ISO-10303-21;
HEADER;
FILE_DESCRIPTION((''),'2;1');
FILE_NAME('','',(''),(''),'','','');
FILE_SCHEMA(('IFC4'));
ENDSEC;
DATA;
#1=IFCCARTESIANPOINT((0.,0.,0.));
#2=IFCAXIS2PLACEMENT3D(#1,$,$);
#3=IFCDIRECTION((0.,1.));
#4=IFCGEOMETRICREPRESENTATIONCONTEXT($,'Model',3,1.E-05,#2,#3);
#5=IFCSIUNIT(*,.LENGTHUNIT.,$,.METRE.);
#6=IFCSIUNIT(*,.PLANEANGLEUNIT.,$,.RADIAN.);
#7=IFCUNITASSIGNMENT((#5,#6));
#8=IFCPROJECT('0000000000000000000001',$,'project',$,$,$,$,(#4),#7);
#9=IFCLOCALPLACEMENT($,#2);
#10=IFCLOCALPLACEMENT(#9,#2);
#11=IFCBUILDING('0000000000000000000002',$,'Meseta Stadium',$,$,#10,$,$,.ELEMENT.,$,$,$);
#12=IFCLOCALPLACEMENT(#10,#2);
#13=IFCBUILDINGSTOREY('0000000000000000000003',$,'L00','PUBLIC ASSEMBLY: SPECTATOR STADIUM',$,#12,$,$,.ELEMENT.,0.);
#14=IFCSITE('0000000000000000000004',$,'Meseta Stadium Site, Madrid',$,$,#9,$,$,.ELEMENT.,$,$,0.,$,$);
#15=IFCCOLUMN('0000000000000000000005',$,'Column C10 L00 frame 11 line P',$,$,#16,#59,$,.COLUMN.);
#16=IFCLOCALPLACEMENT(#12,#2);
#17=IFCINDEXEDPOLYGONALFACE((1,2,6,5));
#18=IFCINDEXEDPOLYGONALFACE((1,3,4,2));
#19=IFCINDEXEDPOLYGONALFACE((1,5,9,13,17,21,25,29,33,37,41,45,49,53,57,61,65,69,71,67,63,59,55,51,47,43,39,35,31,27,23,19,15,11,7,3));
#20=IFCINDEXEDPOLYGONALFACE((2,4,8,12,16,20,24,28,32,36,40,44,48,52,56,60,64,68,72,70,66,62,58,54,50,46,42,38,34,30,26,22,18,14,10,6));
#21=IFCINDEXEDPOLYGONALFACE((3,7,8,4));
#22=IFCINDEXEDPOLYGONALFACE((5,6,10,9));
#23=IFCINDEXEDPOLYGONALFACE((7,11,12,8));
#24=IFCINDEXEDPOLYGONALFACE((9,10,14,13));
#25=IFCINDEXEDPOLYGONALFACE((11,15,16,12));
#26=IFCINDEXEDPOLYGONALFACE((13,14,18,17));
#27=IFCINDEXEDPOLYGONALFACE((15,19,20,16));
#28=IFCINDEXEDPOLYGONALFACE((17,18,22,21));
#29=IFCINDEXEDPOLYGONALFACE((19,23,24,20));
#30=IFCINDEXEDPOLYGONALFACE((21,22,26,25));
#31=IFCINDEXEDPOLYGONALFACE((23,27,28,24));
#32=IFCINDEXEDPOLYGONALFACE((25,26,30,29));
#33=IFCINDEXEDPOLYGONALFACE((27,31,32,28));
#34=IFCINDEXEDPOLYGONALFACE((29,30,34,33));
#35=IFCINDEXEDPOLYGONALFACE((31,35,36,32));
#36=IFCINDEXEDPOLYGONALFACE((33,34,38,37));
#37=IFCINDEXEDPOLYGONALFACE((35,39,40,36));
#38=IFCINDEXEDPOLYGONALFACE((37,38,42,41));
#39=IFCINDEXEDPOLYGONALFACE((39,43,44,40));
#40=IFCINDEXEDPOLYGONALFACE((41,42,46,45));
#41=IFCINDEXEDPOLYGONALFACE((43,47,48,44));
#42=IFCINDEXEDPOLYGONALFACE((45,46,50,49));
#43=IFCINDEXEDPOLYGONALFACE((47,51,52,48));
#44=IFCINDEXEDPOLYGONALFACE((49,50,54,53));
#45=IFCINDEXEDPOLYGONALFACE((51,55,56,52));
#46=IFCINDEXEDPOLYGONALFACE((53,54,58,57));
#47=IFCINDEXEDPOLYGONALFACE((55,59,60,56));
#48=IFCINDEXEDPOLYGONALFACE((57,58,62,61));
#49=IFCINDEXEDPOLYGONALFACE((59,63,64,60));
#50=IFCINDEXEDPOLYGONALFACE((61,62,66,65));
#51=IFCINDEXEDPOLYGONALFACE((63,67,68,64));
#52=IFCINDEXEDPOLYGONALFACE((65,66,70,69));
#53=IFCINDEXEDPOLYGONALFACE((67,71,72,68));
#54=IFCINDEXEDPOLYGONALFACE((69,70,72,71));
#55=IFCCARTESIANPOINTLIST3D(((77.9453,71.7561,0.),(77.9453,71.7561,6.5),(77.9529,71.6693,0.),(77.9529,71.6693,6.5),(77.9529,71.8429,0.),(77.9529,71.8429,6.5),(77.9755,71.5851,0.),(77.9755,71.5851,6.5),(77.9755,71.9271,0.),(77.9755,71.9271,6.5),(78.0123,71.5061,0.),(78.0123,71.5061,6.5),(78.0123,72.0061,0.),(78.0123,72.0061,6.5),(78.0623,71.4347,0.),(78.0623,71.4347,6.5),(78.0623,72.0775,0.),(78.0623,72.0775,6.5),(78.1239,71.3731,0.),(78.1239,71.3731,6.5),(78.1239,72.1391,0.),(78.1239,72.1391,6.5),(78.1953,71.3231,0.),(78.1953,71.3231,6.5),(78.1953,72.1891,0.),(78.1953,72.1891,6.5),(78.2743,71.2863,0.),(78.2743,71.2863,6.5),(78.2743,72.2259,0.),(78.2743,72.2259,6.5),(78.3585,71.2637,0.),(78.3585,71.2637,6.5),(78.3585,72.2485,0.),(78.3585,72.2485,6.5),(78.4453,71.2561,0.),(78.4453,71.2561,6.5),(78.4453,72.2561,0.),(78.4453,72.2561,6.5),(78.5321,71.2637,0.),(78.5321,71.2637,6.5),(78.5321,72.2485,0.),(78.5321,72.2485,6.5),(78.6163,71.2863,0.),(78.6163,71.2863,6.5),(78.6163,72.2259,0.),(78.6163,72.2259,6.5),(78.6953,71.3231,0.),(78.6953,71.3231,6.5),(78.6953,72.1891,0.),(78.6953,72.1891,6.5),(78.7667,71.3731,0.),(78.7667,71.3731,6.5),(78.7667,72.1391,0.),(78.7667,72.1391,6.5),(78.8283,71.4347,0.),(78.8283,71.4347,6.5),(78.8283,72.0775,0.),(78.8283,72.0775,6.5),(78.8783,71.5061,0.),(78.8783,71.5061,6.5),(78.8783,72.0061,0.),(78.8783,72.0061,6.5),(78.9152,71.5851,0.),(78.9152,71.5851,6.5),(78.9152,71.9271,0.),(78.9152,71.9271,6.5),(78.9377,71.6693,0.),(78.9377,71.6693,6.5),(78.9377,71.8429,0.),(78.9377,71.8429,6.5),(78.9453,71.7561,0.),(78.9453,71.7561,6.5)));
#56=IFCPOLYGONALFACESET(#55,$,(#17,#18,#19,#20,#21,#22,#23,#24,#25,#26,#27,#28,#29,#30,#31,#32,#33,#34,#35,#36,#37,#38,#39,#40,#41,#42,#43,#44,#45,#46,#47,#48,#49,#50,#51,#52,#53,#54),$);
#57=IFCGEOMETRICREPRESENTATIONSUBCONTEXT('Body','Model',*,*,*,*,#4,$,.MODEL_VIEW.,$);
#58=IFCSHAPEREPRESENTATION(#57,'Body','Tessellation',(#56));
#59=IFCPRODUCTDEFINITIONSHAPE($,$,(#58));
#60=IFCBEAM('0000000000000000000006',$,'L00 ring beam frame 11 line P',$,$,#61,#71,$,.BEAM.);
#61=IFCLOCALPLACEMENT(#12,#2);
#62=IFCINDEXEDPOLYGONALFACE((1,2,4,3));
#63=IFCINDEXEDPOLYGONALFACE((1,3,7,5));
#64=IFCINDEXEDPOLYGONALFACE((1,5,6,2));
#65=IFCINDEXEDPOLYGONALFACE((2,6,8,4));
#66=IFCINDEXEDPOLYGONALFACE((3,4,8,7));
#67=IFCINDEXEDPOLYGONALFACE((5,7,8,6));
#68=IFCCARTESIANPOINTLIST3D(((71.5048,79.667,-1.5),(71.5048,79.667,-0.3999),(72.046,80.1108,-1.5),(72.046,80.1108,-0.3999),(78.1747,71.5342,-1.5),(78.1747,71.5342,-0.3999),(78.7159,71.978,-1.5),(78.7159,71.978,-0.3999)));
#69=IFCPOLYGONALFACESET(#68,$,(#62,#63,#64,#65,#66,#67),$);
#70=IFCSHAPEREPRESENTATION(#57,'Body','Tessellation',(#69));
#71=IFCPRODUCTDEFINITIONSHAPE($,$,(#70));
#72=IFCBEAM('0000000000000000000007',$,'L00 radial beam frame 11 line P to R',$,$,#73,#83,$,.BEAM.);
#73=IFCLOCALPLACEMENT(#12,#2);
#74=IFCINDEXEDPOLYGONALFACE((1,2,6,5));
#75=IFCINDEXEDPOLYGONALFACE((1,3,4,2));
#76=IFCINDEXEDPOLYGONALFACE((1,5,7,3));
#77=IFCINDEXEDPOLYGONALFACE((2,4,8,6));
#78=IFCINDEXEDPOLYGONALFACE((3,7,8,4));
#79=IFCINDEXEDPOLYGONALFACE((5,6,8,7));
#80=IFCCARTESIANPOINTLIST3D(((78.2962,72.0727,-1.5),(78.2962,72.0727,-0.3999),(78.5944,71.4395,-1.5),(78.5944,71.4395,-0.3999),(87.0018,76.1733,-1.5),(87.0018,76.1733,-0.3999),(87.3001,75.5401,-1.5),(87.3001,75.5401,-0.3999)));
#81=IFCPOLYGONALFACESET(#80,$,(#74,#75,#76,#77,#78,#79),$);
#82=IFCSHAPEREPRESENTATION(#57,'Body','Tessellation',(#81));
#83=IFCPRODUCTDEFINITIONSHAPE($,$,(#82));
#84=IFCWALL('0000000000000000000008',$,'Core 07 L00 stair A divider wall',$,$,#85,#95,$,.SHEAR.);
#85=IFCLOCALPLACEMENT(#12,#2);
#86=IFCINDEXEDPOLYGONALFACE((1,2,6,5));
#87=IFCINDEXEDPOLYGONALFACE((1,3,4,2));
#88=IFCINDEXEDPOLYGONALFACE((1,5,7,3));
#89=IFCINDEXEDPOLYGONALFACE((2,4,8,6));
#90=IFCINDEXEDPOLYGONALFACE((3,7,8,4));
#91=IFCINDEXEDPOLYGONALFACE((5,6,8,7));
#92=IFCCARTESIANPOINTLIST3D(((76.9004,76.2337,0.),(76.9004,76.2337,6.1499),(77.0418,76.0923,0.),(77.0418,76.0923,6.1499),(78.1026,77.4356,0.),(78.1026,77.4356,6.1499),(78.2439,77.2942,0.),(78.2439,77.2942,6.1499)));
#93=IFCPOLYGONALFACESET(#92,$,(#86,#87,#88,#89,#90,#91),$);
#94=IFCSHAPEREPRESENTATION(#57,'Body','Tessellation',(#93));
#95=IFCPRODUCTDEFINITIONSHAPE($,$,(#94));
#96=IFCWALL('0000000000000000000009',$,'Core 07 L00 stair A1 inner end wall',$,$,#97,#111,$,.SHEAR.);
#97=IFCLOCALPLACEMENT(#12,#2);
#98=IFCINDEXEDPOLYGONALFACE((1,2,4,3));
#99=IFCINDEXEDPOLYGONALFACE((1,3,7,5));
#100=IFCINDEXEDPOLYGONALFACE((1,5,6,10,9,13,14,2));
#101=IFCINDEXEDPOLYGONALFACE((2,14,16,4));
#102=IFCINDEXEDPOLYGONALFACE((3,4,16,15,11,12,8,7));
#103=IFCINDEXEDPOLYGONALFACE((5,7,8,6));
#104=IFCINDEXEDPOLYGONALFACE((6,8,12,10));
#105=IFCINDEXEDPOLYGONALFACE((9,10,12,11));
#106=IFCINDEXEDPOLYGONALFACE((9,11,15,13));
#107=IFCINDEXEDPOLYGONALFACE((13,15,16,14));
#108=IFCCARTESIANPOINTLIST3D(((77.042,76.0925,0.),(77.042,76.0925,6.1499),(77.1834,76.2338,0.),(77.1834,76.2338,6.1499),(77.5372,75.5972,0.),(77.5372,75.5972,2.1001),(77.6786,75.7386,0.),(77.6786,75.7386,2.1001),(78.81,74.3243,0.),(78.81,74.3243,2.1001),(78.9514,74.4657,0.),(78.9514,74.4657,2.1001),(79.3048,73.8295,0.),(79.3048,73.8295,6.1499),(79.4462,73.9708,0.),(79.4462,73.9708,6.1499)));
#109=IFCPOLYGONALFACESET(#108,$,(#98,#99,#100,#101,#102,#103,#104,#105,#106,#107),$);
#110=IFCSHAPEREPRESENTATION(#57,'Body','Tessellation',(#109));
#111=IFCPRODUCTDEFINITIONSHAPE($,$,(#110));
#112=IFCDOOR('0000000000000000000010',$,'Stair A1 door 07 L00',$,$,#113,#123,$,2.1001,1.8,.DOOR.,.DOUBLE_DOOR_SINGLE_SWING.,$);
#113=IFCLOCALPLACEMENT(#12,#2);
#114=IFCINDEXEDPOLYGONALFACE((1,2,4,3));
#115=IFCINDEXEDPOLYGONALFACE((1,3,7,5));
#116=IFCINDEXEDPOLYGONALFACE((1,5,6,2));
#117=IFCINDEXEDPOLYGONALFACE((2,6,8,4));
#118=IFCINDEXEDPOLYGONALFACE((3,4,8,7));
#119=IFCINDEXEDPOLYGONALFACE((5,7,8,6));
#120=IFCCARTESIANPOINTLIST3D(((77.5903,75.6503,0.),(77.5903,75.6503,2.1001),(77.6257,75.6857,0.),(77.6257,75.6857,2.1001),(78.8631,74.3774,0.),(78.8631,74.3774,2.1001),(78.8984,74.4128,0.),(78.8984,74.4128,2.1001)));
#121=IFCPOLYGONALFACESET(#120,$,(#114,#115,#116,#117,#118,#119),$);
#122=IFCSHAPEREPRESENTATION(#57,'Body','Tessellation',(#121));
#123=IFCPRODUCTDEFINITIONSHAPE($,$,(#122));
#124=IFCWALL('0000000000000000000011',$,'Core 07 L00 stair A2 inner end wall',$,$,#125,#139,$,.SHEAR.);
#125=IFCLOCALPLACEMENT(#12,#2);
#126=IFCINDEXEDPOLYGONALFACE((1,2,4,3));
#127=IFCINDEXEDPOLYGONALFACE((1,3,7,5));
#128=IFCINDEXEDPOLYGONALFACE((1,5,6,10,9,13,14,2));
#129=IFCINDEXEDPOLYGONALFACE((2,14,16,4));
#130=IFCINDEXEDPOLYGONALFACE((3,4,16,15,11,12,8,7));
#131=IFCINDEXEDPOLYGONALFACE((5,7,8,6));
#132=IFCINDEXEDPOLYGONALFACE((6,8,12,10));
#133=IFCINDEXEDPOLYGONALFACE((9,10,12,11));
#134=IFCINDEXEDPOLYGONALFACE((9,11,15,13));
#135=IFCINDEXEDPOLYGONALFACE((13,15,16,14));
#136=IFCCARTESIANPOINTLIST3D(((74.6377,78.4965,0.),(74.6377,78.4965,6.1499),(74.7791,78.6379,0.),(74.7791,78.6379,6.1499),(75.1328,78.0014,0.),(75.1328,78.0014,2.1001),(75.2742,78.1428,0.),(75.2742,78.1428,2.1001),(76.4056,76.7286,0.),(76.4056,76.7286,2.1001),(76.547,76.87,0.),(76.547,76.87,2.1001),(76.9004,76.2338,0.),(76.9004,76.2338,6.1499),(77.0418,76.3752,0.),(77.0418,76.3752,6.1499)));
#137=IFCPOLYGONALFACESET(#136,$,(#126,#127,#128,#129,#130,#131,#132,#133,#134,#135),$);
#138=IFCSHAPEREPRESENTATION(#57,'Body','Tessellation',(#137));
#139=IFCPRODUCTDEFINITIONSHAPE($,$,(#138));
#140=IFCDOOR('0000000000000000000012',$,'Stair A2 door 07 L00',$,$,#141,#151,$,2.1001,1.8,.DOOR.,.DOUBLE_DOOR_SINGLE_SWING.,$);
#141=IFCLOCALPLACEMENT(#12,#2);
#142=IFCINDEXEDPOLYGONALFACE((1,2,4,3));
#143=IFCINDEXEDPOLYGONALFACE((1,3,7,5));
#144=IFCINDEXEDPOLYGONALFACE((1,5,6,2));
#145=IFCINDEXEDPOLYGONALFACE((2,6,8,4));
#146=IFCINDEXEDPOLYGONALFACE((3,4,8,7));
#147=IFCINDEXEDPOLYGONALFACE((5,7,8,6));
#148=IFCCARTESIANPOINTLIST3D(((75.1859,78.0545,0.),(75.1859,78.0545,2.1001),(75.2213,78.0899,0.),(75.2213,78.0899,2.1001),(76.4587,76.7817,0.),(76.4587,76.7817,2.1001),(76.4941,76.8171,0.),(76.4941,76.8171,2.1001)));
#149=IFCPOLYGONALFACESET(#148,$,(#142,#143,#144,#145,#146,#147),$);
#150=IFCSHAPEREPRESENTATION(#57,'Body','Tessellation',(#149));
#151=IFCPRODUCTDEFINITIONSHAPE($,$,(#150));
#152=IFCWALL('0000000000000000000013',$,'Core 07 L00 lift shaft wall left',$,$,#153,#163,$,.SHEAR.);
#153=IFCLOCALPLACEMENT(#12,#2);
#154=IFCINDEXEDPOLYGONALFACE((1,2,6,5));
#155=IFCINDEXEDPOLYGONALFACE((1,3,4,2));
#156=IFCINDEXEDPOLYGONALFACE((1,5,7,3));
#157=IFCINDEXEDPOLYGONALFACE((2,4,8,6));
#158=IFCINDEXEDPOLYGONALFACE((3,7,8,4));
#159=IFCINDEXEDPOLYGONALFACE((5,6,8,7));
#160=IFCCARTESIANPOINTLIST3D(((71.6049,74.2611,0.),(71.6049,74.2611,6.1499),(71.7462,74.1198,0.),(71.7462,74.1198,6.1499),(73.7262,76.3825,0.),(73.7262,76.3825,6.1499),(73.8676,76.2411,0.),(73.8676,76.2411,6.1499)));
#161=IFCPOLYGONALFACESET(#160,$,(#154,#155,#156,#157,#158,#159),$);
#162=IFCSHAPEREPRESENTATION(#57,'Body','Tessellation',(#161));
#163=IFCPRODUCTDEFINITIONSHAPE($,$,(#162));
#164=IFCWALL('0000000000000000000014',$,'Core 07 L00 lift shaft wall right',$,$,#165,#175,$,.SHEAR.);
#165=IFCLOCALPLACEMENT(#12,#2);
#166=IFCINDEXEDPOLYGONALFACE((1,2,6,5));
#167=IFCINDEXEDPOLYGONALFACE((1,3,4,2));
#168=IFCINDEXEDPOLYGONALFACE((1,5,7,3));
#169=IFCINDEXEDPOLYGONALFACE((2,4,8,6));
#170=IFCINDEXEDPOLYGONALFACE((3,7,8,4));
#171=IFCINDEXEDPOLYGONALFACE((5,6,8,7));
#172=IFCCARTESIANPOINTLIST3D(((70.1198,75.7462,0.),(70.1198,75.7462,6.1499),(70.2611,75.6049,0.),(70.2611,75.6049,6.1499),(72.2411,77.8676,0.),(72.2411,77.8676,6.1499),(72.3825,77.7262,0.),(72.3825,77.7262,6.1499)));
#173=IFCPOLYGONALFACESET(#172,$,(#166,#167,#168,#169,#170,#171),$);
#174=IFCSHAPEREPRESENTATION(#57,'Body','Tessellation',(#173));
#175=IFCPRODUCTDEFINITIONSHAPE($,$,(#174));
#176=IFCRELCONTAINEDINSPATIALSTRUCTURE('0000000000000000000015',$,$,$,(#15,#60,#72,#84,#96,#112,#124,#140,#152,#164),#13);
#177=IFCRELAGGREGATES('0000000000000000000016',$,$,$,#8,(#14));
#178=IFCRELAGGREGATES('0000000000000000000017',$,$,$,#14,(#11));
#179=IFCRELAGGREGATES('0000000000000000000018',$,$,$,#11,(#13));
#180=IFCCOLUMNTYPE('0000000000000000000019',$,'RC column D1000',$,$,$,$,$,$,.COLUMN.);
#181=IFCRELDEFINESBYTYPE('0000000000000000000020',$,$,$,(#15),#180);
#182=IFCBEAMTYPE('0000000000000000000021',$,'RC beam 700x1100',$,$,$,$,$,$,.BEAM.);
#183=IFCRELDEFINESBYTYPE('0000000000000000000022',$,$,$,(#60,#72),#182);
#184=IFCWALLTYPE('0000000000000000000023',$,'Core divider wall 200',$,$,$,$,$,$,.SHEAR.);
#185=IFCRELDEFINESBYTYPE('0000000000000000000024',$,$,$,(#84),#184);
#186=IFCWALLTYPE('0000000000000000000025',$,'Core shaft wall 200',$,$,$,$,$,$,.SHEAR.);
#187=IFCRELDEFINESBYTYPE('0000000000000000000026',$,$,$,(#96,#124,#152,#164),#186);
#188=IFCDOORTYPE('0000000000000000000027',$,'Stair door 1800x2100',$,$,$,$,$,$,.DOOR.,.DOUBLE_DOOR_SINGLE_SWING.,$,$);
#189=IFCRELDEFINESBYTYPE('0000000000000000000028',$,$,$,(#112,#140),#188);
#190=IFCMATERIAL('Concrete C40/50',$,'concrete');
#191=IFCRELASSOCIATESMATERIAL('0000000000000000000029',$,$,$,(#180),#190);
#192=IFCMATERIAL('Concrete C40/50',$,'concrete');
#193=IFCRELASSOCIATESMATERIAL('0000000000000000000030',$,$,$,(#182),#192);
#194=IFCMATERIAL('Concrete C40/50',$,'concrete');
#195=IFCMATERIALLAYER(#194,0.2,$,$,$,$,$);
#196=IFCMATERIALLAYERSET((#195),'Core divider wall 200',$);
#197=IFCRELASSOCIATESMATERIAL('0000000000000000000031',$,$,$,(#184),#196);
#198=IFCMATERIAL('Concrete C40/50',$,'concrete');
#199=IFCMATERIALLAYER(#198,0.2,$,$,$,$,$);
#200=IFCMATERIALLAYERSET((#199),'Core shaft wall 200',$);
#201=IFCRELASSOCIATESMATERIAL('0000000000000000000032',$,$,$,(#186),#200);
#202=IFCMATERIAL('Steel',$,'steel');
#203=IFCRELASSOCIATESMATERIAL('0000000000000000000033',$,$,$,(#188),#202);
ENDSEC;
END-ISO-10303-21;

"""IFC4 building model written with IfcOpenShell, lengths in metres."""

from ifc_helpers import new_model, si_unit, direction, frame, frame_2d, origin, origin_2d, place, context, subcontext, project, spatial, rectangle, circle, extrude, material, layer, layer_set, material_profile, profile_set, type_object, element, fill, save


model = new_model("IFC4")

# Units and contexts
model_context = context("Model", 3, precision=1e-05, world=origin(), true_north=direction((0.0, 1.0)))
body_context = subcontext(model_context, "Body", "Model", "MODEL_VIEW")
ifc_project = project(units=[si_unit("LENGTHUNIT", "METRE"), si_unit("PLANEANGLEUNIT", "RADIAN")], contexts=[model_context])

# Site, building, storey
site_placement = place(None, origin())
site = spatial("IfcSite", under=ifc_project, at=site_placement, Name="Meseta Stadium Site, Madrid", CompositionType="ELEMENT", RefElevation=0.0)
building_placement = place(site_placement, origin())
building = spatial("IfcBuilding", under=site, at=building_placement, Name="Meseta Stadium", CompositionType="ELEMENT")
storey_placement = place(building_placement, origin())
storey = spatial("IfcBuildingStorey", under=building, at=storey_placement, Name="L00", Description="PUBLIC ASSEMBLY: SPECTATOR STADIUM", CompositionType="ELEMENT", Elevation=0.0)

# Column
ifc_material_1 = material(Name="Concrete C40/50", Category="concrete")
ifc_material_profile_1 = material_profile(ifc_material_1, circle(Radius=0.5, at=origin_2d()), Name="RC D1000")
ifc_profile_set_1 = profile_set([ifc_material_profile_1], Name="Concrete C40/50")
column_type = type_object("IfcColumnType", Name="RC column D1000", PredefinedType="COLUMN", material=ifc_profile_set_1)
column_placement = place(storey_placement, frame((78.4453, 71.7561, 0.0), z_axis=(0.0, 0.0, 1.0), x_axis=(1.0, 0.0, 0.0)))
element("IfcColumn", 1, at=column_placement, inside=storey, type_object=column_type, Name="Column C10 L00 frame 11 line P", PredefinedType="COLUMN", context=body_context, shape_type="SweptSolid", body=[
    extrude(circle(Radius=0.5, at=origin_2d()), origin(), (0.0, 0.0, 1.0), 6.5),
])

# Beams
ifc_material_2 = material(Name="Concrete C40/50", Category="concrete")
ifc_material_profile_2 = material_profile(ifc_material_2, rectangle(XDim=0.7, YDim=1.1001, at=origin_2d()), Name="RC 700x1100")
ifc_profile_set_2 = profile_set([ifc_material_profile_2], Name="Concrete C40/50")
beam_type = type_object("IfcBeamType", Name="RC beam 700x1100", PredefinedType="BEAM", material=ifc_profile_set_2)
beam_1_placement = place(storey_placement, frame((78.4453, 71.7561, -0.95), z_axis=(-0.634137, 0.77322, 0.0), x_axis=(-0.77322, -0.634137, 0.0)))
element("IfcBeam", 2, at=beam_1_placement, inside=storey, type_object=beam_type, Name="L00 ring beam frame 11 line P", PredefinedType="BEAM", context=body_context, shape_type="SweptSolid", body=[
    extrude(rectangle(XDim=0.7, YDim=1.1001, at=origin_2d()), origin(), (0.0, 0.0, 1.0), 10.5181),
])
beam_2_placement = place(storey_placement, frame((78.4453, 71.7561, -0.95), z_axis=(0.904665, 0.426124, 0.0), x_axis=(-0.426124, 0.904665, 0.0)))
element("IfcBeam", 3, at=beam_2_placement, inside=storey, type_object=beam_type, Name="L00 radial beam frame 11 line P to R", PredefinedType="BEAM", context=body_context, shape_type="SweptSolid", body=[
    extrude(rectangle(XDim=0.7, YDim=1.1001, at=origin_2d()), origin(), (0.0, 0.0, 1.0), 9.623),
])

# Wall
ifc_material_3 = material(Name="Concrete C40/50", Category="concrete")
ifc_layer_1 = layer(ifc_material_3, 0.2)
ifc_layer_set_1 = layer_set([ifc_layer_1], Name="Core divider wall 200")
wall_type_1 = type_object("IfcWallType", Name="Core divider wall 200", PredefinedType="SHEAR", material=ifc_layer_set_1)
wall_1_placement = place(storey_placement, frame((78.1733, 77.365, 0.0), z_axis=(0.0, 0.0, 1.0), x_axis=(-0.707179, -0.707035, 0.0)))
element("IfcWall", 4, at=wall_1_placement, inside=storey, type_object=wall_type_1, Name="Core 07 L00 stair A divider wall", PredefinedType="SHEAR", context=body_context, shape_type="SweptSolid", body=[
    extrude(rectangle(XDim=1.7, YDim=0.2, at=frame_2d((0.8501, 0.0))), origin(), (0.0, 0.0, 1.0), 6.1499),
])

# Walls, openings, doors
ifc_material_4 = material(Name="Concrete C40/50", Category="concrete")
ifc_layer_2 = layer(ifc_material_4, 0.2)
ifc_layer_set_2 = layer_set([ifc_layer_2], Name="Core shaft wall 200")
wall_type_2 = type_object("IfcWallType", Name="Core shaft wall 200", PredefinedType="SHEAR", material=ifc_layer_set_2)
wall_2_placement = place(storey_placement, frame((79.3755, 73.9001, 0.0), z_axis=(0.0, 0.0, 1.0), x_axis=(-0.707069, 0.707145, 0.0)))
wall_2 = element("IfcWall", 5, at=wall_2_placement, inside=storey, type_object=wall_type_2, Name="Core 07 L00 stair A1 inner end wall", PredefinedType="SHEAR", context=body_context, shape_type="SweptSolid", body=[
    extrude(rectangle(XDim=3.2002, YDim=0.2, at=frame_2d((1.6001, 0.0))), origin(), (0.0, 0.0, 1.0), 6.1499),
])
opening_1_placement = place(wall_2_placement, frame((0.7, 0.0, 0.0)))
opening_1 = element("IfcOpeningElement", 6, at=opening_1_placement, cuts=wall_2, PredefinedType="OPENING", context=body_context, shape_type="SweptSolid", body=[
    extrude(rectangle(XDim=1.8, YDim=2.1001, at=frame_2d((0.8999, 1.05))), frame((0.0, 0.1099, 0.0), z_axis=(0.0, -1.0, 0.0), x_axis=(1.0, 0.0, 0.0)), (0.0, 0.0, 1.0), 0.22),
])
ifc_material_5 = material(Name="Steel", Category="steel")
door_type_1 = type_object("IfcDoorType", Name="Stair door 1800x2100", OperationType="DOUBLE_DOOR_SINGLE_SWING", PredefinedType="DOOR", material=ifc_material_5)
door_1_placement = place(opening_1_placement, origin())
door_1 = element("IfcDoor", 7, at=door_1_placement, inside=storey, type_object=door_type_1, Name="Stair A1 door 07 L00", OperationType="DOUBLE_DOOR_SINGLE_SWING", OverallHeight=2.1001, OverallWidth=1.8, PredefinedType="DOOR", context=body_context, shape_type="SweptSolid", body=[
    extrude(rectangle(XDim=1.8, YDim=2.1001, at=frame_2d((0.8999, 1.05))), frame((0.0, 0.0249, 0.0), z_axis=(0.0, -1.0, 0.0), x_axis=(1.0, 0.0, 0.0)), (0.0, 0.0, 1.0), 0.05),
])
fill(opening_1, door_1)
wall_3_placement = place(storey_placement, frame((76.9712, 76.3044, 0.0), z_axis=(0.0, 0.0, 1.0), x_axis=(-0.707107, 0.707107, 0.0)))
wall_3 = element("IfcWall", 8, at=wall_3_placement, inside=storey, type_object=wall_type_2, Name="Core 07 L00 stair A2 inner end wall", PredefinedType="SHEAR", context=body_context, shape_type="SweptSolid", body=[
    extrude(rectangle(XDim=3.2, YDim=0.2, at=frame_2d((1.6001, 0.0))), origin(), (0.0, 0.0, 1.0), 6.1499),
])
opening_2_placement = place(wall_3_placement, frame((0.7, 0.0, 0.0)))
opening_2 = element("IfcOpeningElement", 9, at=opening_2_placement, cuts=wall_3, PredefinedType="OPENING", context=body_context, shape_type="SweptSolid", body=[
    extrude(rectangle(XDim=1.8, YDim=2.1001, at=frame_2d((0.8999, 1.05))), frame((0.0, 0.1099, 0.0), z_axis=(0.0, -1.0, 0.0), x_axis=(1.0, 0.0, 0.0)), (0.0, 0.0, 1.0), 0.22),
])
door_2_placement = place(opening_2_placement, origin())
door_2 = element("IfcDoor", 10, at=door_2_placement, inside=storey, type_object=door_type_1, Name="Stair A2 door 07 L00", OperationType="DOUBLE_DOOR_SINGLE_SWING", OverallHeight=2.1001, OverallWidth=1.8, PredefinedType="DOOR", context=body_context, shape_type="SweptSolid", body=[
    extrude(rectangle(XDim=1.8, YDim=2.1001, at=frame_2d((0.8999, 1.05))), frame((0.0, 0.0249, 0.0), z_axis=(0.0, -1.0, 0.0), x_axis=(1.0, 0.0, 0.0)), (0.0, 0.0, 1.0), 0.05),
])
fill(opening_2, door_2)

# Walls
for number, where, z_axis, x_axis, name in (
    (11, (73.7969, 76.3118, 0.0), (0.0, 0.0, 1.0), (-0.707107, -0.707107, 0.0), "Core 07 L00 lift shaft wall left"),
    (12, (72.3118, 77.7969, 0.0), (0.0, 0.0, 1.0), (-0.707107, -0.707107, 0.0), "Core 07 L00 lift shaft wall right"),
):
    element("IfcWall", number, at=place(storey_placement, frame(where, z_axis=z_axis, x_axis=x_axis)), inside=storey, type_object=wall_type_2, Name=name, PredefinedType="SHEAR", context=body_context, shape_type="SweptSolid", body=[
        extrude(rectangle(XDim=3.0, YDim=0.2, at=frame_2d((1.5, 0.0))), origin(), (0.0, 0.0, 1.0), 6.1499),
    ])

save(model, "model.ifc")
